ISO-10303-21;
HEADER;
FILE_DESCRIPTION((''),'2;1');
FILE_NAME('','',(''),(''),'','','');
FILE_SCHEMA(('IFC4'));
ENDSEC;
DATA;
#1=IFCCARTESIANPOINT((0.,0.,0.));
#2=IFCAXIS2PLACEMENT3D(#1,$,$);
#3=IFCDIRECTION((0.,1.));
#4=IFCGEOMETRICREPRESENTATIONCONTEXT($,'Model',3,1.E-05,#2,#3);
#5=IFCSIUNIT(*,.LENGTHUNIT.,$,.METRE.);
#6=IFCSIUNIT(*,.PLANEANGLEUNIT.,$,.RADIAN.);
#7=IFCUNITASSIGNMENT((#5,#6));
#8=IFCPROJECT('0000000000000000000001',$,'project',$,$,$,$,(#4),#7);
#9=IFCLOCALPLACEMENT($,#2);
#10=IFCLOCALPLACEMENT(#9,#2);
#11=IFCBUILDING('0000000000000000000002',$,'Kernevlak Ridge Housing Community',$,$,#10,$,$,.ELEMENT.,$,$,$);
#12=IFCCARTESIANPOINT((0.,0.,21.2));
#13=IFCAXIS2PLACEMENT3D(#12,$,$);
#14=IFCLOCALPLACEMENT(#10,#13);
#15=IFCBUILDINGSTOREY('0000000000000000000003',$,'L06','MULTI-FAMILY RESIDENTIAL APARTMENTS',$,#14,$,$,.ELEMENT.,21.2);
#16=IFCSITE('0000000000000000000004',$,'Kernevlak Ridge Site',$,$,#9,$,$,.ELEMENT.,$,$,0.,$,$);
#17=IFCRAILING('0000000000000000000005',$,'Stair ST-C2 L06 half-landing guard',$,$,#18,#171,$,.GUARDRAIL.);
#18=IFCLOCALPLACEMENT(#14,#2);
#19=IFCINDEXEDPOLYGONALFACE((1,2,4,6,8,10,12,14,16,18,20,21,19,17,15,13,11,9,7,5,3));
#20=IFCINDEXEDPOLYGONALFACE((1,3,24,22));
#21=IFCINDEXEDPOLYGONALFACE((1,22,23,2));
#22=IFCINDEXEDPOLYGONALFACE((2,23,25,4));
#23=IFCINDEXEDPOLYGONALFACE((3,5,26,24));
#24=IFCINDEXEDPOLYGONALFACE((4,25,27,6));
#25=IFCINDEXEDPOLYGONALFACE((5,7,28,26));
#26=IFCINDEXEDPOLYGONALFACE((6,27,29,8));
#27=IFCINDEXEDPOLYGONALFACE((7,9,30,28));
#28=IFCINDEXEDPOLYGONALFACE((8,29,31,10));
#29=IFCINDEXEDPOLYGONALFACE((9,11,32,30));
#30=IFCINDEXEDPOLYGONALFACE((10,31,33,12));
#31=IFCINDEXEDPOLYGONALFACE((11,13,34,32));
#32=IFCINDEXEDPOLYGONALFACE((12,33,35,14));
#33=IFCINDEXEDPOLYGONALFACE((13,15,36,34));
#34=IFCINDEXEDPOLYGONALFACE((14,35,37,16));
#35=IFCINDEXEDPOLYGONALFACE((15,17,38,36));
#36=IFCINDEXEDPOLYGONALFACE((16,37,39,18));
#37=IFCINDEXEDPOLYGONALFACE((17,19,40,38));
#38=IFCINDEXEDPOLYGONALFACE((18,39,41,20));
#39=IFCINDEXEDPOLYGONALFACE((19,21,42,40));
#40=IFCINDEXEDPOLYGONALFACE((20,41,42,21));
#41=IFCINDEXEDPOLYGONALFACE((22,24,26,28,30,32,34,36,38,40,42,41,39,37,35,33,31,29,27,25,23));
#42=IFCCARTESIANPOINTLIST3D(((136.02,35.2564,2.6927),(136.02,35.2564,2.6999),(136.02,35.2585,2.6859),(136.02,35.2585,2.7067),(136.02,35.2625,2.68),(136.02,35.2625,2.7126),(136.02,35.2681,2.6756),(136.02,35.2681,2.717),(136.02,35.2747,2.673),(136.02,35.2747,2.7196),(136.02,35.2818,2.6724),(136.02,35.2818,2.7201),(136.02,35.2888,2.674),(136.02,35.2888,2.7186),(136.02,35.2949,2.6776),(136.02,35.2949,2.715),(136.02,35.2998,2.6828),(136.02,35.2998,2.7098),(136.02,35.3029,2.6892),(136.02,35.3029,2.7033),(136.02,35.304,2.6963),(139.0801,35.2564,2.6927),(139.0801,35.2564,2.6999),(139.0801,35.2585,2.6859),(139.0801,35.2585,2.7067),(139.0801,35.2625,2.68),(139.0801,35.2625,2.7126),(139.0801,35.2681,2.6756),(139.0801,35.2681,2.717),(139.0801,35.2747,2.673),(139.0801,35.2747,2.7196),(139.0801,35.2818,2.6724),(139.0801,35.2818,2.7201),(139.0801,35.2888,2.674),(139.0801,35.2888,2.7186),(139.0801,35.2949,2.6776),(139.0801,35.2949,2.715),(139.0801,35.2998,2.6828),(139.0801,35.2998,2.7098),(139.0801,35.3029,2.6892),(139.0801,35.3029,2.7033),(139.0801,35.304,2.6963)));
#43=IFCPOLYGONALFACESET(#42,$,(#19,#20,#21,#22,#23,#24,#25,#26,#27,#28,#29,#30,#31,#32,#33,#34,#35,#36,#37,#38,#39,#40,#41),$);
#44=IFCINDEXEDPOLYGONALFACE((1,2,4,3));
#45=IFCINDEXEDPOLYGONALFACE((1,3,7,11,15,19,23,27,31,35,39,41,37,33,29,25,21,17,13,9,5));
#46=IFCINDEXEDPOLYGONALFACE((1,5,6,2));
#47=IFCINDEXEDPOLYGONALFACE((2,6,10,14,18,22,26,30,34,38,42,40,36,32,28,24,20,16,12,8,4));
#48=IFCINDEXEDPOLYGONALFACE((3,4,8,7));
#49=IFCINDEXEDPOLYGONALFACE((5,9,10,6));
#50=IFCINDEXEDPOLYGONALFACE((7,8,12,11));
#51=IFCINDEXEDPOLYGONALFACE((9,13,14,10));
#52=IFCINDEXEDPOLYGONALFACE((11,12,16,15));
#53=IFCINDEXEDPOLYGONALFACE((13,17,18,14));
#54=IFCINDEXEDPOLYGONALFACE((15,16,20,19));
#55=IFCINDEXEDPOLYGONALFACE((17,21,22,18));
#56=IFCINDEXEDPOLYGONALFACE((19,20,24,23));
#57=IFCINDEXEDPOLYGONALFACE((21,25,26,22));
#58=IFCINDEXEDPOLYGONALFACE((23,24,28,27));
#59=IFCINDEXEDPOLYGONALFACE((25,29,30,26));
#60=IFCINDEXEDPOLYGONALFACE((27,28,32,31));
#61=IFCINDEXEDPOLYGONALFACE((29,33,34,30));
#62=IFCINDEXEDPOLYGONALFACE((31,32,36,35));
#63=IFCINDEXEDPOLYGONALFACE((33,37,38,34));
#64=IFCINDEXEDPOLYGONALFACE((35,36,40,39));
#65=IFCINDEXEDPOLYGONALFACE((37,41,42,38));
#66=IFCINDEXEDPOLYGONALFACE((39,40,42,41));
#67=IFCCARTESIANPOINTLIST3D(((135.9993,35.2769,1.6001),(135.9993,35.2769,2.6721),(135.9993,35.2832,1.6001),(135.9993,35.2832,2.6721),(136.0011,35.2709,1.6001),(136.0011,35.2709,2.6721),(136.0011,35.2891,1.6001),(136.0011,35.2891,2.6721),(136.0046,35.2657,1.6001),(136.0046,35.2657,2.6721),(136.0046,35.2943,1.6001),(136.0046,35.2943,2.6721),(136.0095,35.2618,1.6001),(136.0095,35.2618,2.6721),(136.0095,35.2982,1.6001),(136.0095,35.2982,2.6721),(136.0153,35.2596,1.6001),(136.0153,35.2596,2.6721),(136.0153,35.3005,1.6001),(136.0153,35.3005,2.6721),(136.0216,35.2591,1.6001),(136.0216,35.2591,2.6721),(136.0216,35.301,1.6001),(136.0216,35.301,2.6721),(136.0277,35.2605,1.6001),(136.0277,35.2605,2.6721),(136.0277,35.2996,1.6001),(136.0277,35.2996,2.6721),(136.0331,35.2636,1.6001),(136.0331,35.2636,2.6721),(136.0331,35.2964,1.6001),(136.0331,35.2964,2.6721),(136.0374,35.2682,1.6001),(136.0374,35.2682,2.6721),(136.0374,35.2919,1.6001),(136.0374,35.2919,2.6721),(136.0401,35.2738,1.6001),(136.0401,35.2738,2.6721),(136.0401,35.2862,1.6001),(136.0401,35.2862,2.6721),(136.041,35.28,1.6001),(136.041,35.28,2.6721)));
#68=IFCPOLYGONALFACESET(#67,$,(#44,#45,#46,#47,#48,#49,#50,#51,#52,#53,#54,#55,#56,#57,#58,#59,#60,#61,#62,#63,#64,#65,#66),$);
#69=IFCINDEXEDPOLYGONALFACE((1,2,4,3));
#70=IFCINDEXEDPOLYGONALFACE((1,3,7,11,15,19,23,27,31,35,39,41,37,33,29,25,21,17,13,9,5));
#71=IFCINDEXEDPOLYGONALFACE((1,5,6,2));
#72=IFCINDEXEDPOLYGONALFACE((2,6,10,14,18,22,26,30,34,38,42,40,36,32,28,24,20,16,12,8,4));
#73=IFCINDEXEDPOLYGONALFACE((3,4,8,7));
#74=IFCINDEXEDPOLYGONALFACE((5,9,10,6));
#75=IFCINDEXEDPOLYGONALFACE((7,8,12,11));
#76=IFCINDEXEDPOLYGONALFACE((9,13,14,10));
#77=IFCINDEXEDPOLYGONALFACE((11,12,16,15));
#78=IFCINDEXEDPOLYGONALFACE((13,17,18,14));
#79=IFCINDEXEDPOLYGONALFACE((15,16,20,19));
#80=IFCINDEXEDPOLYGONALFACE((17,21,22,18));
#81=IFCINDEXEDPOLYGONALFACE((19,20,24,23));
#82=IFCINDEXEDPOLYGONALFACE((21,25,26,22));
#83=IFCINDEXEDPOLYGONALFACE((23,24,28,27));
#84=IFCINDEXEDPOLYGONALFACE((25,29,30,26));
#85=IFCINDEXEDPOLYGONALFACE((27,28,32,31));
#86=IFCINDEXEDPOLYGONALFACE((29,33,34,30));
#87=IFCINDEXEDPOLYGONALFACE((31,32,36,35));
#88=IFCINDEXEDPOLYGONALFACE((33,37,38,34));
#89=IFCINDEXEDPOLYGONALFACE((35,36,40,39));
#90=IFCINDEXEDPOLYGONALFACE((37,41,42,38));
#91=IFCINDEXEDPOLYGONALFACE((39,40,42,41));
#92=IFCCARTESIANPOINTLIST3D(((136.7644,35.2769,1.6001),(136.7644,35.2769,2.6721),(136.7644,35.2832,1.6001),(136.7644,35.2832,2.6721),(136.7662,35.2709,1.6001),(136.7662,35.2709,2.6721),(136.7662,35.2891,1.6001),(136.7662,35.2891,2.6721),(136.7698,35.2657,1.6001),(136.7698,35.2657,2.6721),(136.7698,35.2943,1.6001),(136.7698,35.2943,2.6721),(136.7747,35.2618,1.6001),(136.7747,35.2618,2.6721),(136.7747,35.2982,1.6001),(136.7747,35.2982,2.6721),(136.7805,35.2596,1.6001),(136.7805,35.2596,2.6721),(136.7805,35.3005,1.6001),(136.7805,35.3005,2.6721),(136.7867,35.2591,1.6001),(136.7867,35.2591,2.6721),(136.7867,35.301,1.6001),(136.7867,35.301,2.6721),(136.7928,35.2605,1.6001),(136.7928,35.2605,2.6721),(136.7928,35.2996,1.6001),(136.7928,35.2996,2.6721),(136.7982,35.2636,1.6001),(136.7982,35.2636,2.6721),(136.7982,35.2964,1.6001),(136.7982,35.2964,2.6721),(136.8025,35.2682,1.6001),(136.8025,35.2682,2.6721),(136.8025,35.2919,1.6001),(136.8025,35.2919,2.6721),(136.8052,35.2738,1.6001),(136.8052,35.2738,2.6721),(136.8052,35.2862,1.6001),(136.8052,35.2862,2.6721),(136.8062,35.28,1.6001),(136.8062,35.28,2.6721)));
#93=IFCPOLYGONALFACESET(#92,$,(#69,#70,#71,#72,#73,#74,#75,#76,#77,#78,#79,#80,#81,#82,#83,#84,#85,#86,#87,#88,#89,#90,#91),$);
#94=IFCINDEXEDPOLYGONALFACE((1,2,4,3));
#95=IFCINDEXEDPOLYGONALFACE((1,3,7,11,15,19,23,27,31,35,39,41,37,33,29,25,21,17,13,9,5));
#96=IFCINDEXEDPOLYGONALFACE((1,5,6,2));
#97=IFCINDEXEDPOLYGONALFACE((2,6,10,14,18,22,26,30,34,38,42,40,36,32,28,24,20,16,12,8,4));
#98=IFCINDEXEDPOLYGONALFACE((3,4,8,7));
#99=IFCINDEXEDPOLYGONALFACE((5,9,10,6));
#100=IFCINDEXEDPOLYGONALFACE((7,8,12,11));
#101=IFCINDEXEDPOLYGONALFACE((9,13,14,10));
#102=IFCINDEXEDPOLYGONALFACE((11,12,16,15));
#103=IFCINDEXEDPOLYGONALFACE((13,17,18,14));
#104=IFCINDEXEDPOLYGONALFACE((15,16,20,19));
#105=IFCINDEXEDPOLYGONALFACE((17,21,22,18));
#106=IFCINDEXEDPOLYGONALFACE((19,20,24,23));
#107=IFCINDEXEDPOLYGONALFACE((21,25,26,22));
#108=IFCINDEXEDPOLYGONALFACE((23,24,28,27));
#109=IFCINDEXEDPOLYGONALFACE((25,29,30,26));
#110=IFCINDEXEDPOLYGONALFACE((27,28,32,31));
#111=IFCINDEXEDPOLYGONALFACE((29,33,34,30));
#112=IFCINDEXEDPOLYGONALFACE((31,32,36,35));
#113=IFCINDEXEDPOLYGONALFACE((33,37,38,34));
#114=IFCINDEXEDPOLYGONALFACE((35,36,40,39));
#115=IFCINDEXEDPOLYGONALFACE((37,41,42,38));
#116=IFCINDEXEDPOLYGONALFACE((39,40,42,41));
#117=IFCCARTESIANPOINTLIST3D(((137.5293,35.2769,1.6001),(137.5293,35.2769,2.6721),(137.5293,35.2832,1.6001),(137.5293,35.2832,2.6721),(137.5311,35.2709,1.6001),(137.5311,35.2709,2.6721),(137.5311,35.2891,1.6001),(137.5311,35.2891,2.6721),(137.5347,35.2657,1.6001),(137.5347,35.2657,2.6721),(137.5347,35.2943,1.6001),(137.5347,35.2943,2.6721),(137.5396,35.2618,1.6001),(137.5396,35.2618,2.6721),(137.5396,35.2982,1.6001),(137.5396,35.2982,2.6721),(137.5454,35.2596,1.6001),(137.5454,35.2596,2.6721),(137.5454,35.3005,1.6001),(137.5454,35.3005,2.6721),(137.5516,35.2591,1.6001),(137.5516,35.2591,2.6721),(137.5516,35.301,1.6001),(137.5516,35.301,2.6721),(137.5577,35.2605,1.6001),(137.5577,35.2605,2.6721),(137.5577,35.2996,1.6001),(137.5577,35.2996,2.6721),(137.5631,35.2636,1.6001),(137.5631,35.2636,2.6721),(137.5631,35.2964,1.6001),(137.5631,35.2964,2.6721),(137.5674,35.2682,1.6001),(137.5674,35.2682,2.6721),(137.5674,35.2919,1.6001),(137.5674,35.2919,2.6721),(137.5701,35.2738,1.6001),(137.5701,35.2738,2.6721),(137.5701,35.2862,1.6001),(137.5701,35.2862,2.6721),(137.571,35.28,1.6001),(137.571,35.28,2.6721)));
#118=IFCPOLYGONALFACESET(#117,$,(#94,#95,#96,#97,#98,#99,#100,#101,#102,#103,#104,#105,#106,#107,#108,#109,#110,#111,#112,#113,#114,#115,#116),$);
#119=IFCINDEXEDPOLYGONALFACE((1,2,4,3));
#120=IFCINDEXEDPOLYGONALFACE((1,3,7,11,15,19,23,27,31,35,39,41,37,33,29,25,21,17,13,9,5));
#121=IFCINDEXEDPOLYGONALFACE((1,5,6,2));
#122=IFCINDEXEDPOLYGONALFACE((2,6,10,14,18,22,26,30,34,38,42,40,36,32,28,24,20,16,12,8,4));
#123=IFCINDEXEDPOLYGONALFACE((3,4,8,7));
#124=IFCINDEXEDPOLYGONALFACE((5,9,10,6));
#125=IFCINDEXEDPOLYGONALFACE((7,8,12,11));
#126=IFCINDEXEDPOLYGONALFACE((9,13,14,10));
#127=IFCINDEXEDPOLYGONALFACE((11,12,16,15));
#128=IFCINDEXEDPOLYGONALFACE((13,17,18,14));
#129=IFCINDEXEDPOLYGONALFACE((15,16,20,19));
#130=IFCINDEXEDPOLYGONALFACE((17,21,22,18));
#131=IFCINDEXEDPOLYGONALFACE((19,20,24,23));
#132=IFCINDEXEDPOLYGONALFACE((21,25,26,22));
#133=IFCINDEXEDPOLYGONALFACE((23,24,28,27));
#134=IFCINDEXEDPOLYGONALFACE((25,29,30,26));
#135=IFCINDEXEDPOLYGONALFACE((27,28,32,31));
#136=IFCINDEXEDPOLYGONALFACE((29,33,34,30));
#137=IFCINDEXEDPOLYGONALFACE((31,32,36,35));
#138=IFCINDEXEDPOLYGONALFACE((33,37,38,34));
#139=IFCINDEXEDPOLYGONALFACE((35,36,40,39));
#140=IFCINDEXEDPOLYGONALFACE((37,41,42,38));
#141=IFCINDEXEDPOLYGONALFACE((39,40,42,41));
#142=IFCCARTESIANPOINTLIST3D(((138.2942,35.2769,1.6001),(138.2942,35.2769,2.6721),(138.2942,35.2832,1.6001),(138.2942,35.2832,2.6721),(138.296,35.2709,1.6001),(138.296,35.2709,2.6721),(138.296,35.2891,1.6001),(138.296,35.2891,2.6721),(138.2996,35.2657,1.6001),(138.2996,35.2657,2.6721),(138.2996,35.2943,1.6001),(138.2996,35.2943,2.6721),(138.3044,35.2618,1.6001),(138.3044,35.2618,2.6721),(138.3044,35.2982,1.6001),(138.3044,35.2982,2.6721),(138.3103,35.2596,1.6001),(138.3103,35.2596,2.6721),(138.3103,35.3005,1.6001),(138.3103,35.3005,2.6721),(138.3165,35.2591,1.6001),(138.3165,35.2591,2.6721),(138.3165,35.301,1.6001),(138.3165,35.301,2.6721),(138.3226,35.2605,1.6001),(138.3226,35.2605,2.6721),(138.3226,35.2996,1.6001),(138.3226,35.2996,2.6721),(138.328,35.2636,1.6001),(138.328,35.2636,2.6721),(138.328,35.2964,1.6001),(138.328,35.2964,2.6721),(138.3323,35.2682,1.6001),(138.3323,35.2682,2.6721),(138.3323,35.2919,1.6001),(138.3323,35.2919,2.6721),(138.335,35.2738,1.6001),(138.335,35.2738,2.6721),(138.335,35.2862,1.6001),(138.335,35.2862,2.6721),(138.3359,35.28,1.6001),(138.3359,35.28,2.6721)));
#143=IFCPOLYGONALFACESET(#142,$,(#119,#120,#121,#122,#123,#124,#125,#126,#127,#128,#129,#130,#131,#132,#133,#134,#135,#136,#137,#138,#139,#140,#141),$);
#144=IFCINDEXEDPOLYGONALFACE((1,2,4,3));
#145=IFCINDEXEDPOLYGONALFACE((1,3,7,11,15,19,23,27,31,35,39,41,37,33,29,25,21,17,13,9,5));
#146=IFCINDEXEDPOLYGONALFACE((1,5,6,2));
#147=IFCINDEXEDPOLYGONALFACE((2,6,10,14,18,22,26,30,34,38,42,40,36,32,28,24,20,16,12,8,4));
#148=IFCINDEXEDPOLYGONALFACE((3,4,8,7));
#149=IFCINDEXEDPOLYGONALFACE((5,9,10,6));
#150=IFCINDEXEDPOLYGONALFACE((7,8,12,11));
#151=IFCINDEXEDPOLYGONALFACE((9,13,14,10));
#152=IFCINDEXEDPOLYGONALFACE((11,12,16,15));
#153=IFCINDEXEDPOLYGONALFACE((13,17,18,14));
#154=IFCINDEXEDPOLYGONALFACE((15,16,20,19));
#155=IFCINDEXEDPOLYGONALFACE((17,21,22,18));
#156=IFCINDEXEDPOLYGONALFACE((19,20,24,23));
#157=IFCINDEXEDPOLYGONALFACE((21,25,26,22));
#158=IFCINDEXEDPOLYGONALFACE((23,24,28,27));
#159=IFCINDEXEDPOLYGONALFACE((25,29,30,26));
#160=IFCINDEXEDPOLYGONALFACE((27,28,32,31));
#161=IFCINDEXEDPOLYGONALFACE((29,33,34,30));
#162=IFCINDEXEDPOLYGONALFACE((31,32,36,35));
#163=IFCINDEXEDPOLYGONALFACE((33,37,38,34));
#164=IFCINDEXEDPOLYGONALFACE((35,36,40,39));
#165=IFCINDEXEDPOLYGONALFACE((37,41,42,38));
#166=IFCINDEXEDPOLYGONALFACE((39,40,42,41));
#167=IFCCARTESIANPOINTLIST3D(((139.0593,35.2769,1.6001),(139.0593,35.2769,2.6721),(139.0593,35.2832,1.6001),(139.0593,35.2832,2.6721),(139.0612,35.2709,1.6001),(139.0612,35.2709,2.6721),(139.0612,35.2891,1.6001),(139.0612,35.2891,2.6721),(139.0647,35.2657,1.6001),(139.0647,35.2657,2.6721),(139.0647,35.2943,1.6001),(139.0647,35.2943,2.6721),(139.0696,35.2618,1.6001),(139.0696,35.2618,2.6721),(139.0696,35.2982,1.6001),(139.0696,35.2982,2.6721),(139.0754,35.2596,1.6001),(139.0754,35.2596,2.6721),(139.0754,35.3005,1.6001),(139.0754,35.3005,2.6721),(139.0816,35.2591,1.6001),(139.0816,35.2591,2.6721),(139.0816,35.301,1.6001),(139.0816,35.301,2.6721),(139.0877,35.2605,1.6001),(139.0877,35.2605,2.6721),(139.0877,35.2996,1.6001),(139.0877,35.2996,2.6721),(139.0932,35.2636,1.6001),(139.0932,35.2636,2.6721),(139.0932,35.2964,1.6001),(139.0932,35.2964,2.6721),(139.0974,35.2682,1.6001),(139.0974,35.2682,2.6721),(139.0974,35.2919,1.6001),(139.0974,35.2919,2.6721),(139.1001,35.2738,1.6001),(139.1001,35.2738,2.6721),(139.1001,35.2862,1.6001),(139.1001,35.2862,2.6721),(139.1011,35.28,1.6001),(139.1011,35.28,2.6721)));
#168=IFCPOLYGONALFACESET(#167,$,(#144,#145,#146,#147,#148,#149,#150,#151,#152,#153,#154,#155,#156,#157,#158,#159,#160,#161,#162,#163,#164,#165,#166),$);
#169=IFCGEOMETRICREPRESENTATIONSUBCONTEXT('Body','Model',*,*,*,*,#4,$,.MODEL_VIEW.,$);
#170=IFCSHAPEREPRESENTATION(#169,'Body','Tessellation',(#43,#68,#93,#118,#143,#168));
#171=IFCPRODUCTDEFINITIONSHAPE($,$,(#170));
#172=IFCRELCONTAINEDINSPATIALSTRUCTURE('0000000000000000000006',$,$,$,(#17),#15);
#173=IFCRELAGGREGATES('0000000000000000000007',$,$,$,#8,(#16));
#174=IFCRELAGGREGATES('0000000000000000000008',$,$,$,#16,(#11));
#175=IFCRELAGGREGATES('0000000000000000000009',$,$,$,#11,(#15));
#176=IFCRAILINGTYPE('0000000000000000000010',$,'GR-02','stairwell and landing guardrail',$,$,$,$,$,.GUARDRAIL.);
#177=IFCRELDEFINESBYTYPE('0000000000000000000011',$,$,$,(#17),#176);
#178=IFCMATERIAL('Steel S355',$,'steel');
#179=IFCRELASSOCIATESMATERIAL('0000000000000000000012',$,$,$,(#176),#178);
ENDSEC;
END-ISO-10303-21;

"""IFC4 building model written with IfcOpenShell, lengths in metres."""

from ifc_helpers import new_model, si_unit, direction, frame, origin, origin_2d, place, context, subcontext, project, spatial, circle, extrude, material, type_object, element, save


model = new_model("IFC4")

# Units and contexts
model_context = context("Model", 3, precision=1e-05, world=origin(), true_north=direction((0.0, 1.0)))
body_context = subcontext(model_context, "Body", "Model", "MODEL_VIEW")
ifc_project = project(units=[si_unit("LENGTHUNIT", "METRE"), si_unit("PLANEANGLEUNIT", "RADIAN")], contexts=[model_context])

# Site, building, storey
site_placement = place(None, origin())
site = spatial("IfcSite", under=ifc_project, at=site_placement, Name="Kernevlak Ridge Site", CompositionType="ELEMENT", RefElevation=0.0)
building_placement = place(site_placement, origin())
building = spatial("IfcBuilding", under=site, at=building_placement, Name="Kernevlak Ridge Housing Community", CompositionType="ELEMENT")
storey_placement = place(building_placement, frame((0.0, 0.0, 21.2)))
storey = spatial("IfcBuildingStorey", under=building, at=storey_placement, Name="L06", Description="MULTI-FAMILY RESIDENTIAL APARTMENTS", CompositionType="ELEMENT", Elevation=21.2)

# Railing
ifc_material_1 = material(Name="Steel S355", Category="steel")
railing_type_1 = type_object("IfcRailingType", Name="GR-02", Description="stairwell and landing guardrail", PredefinedType="GUARDRAIL", material=ifc_material_1)
railing_1_placement = place(storey_placement, frame((136.02, 35.28, 1.6001)))
element("IfcRailing", 1, at=railing_1_placement, inside=storey, type_object=railing_type_1, Name="Stair ST-C2 L06 half-landing guard", PredefinedType="GUARDRAIL", context=body_context, shape_type="SweptSolid", body=[
    extrude(circle(Radius=0.0239, at=origin_2d()), frame((0.0, 0.0, 1.0962), z_axis=(1.0, 0.0, 0.0), x_axis=(0.0, 1.0, 0.0)), (0.0, 0.0, 1.0), 3.0601),
    extrude(circle(Radius=0.021, at=origin_2d()), origin(), (0.0, 0.0, 1.0), 1.072),
    extrude(circle(Radius=0.021, at=origin_2d()), frame((0.7651, 0.0, 0.0)), (0.0, 0.0, 1.0), 1.072),
    extrude(circle(Radius=0.021, at=origin_2d()), frame((1.53, 0.0, 0.0)), (0.0, 0.0, 1.0), 1.072),
    extrude(circle(Radius=0.021, at=origin_2d()), frame((2.2949, 0.0, 0.0)), (0.0, 0.0, 1.0), 1.072),
    extrude(circle(Radius=0.021, at=origin_2d()), frame((3.0601, 0.0, 0.0)), (0.0, 0.0, 1.0), 1.072),
])

save(model, "model.ifc")
